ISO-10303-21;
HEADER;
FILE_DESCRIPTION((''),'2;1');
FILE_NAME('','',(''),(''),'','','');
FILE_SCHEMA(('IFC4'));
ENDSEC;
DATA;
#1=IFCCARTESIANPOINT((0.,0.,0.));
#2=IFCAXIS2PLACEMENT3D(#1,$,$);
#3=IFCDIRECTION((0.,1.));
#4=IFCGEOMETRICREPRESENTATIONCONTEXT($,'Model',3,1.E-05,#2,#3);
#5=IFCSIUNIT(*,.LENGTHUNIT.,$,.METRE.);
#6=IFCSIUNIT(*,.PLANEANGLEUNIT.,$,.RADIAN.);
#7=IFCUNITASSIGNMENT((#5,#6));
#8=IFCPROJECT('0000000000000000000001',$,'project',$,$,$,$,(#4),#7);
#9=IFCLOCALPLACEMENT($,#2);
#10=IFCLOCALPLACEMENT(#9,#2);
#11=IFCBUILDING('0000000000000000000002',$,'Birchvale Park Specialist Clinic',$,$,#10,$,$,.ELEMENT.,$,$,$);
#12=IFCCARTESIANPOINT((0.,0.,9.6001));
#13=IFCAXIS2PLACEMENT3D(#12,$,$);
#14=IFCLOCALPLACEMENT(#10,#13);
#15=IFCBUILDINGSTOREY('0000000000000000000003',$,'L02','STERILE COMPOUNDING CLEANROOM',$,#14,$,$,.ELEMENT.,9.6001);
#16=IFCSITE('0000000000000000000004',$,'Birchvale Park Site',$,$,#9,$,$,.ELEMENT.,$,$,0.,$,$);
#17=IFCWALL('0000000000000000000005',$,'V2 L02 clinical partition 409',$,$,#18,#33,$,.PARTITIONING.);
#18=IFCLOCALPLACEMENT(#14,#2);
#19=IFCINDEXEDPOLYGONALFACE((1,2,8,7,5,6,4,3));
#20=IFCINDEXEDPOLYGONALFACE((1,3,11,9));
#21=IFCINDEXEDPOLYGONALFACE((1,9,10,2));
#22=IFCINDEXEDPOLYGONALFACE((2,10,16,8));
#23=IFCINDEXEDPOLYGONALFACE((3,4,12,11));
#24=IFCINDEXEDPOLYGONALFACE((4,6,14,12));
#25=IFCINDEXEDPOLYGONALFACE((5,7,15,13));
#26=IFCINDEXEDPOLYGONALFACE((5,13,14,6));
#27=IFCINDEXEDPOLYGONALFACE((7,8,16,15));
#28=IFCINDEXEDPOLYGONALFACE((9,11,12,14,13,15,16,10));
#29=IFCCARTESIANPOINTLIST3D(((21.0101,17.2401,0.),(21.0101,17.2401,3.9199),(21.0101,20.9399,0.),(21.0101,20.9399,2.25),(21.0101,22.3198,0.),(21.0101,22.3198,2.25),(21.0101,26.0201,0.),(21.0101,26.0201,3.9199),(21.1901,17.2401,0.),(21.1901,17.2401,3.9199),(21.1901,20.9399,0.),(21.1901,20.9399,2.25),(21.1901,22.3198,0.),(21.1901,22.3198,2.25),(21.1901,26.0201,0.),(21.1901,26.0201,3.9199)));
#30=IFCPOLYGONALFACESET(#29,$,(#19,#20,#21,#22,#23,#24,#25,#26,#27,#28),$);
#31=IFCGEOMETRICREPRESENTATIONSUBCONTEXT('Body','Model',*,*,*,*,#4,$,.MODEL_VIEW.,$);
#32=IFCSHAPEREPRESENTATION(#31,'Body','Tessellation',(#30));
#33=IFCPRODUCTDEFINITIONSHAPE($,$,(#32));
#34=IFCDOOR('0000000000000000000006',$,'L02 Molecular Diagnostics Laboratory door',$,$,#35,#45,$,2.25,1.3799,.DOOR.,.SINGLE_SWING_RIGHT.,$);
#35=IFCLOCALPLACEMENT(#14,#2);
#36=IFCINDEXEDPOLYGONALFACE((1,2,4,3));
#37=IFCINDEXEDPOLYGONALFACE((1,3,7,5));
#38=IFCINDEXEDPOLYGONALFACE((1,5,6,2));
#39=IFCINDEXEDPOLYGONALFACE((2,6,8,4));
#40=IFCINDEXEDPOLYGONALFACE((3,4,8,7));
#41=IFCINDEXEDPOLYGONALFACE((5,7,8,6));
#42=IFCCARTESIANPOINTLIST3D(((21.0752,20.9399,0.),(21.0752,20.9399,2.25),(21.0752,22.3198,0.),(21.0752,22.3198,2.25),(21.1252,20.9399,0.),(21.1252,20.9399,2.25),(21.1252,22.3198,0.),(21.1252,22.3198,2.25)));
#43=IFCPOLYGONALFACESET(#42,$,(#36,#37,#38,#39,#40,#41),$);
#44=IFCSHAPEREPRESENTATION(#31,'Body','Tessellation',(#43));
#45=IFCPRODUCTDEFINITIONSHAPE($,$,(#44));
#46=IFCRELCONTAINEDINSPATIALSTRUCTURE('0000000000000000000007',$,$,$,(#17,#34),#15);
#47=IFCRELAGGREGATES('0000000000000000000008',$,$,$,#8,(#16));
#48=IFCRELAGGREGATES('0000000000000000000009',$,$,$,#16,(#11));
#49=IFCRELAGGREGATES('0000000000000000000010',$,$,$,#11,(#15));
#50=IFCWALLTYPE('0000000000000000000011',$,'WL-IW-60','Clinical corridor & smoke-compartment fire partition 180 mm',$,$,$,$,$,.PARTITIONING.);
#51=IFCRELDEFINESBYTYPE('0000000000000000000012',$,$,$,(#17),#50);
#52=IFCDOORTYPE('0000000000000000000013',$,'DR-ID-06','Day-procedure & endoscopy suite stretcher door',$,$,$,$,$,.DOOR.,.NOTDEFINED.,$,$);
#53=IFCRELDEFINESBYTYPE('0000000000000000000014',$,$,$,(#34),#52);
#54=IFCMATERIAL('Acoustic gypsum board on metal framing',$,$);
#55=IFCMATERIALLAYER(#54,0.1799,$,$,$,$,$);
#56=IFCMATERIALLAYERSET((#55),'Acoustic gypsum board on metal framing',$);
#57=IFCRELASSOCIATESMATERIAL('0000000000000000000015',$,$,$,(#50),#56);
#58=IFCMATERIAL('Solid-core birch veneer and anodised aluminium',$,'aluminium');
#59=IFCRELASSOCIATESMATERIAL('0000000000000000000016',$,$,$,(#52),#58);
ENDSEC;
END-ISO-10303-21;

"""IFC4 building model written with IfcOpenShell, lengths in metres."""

from ifc_helpers import new_model, si_unit, direction, frame, frame_2d, origin, place, context, subcontext, project, spatial, rectangle, extrude, material, layer, layer_set, type_object, element, fill, save


model = new_model("IFC4")

# Units and contexts
model_context = context("Model", 3, precision=1e-05, world=origin(), true_north=direction((0.0, 1.0)))
body_context = subcontext(model_context, "Body", "Model", "MODEL_VIEW")
ifc_project = project(units=[si_unit("LENGTHUNIT", "METRE"), si_unit("PLANEANGLEUNIT", "RADIAN")], contexts=[model_context])

# Site, building, storey
site_placement = place(None, origin())
site = spatial("IfcSite", under=ifc_project, at=site_placement, Name="Birchvale Park Site", CompositionType="ELEMENT", RefElevation=0.0)
building_placement = place(site_placement, origin())
building = spatial("IfcBuilding", under=site, at=building_placement, Name="Birchvale Park Specialist Clinic", CompositionType="ELEMENT")
storey_placement = place(building_placement, frame((0.0, 0.0, 9.6001)))
storey = spatial("IfcBuildingStorey", under=building, at=storey_placement, Name="L02", Description="STERILE COMPOUNDING CLEANROOM", CompositionType="ELEMENT", Elevation=9.6001)

# Shared definitions
ifc_material_1 = material(Name="Solid-core birch veneer and anodised aluminium", Category="aluminium")

# Shared definitions
ifc_material_2 = material(Name="Acoustic gypsum board on metal framing")
ifc_layer_1 = layer(ifc_material_2, 0.1799)
ifc_layer_set_1 = layer_set([ifc_layer_1], Name="Acoustic gypsum board on metal framing")
wall_type_1 = type_object("IfcWallType", Name="WL-IW-60", Description="Clinical corridor & smoke-compartment fire partition 180 mm", PredefinedType="PARTITIONING", material=ifc_layer_set_1)

# Wall, opening, door
wall_1_placement = place(storey_placement, frame((21.1001, 17.24, 0.0), z_axis=(0.0, 0.0, 1.0), x_axis=(0.0, 1.0, 0.0)))
wall_1 = element("IfcWall", 1, at=wall_1_placement, inside=storey, type_object=wall_type_1, Name="V2 L02 clinical partition 409", PredefinedType="PARTITIONING", context=body_context, shape_type="SweptSolid", body=[
    extrude(rectangle(XDim=8.78, YDim=0.1799, at=frame_2d((4.3901, 0.0))), origin(), (0.0, 0.0, 1.0), 3.9199),
])
opening_1_placement = place(wall_1_placement, frame((3.7, 0.0, 0.0)))
opening_1 = element("IfcOpeningElement", 2, at=opening_1_placement, cuts=wall_1, PredefinedType="OPENING", context=body_context, shape_type="SweptSolid", body=[
    extrude(rectangle(XDim=1.3799, YDim=2.25, at=frame_2d((0.6899, 1.125))), frame((0.0, 0.1001, 0.0), z_axis=(0.0, -1.0, 0.0), x_axis=(1.0, 0.0, 0.0)), (0.0, 0.0, 1.0), 0.2),
])
door_type_1 = type_object("IfcDoorType", Name="DR-ID-06", Description="Day-procedure & endoscopy suite stretcher door", OperationType="NOTDEFINED", PredefinedType="DOOR", material=ifc_material_1)
door_1_placement = place(opening_1_placement, origin())
door_1 = element("IfcDoor", 3, at=door_1_placement, inside=storey, type_object=door_type_1, Name="L02 Molecular Diagnostics Laboratory door", OperationType="SINGLE_SWING_RIGHT", OverallHeight=2.25, OverallWidth=1.3799, PredefinedType="DOOR", context=body_context, shape_type="SweptSolid", body=[
    extrude(rectangle(XDim=1.3799, YDim=2.25, at=frame_2d((0.6899, 1.125))), frame((0.0, 0.0249, 0.0), z_axis=(0.0, -1.0, 0.0), x_axis=(1.0, 0.0, 0.0)), (0.0, 0.0, 1.0), 0.05),
])
fill(opening_1, door_1)

save(model, "model.ifc")
